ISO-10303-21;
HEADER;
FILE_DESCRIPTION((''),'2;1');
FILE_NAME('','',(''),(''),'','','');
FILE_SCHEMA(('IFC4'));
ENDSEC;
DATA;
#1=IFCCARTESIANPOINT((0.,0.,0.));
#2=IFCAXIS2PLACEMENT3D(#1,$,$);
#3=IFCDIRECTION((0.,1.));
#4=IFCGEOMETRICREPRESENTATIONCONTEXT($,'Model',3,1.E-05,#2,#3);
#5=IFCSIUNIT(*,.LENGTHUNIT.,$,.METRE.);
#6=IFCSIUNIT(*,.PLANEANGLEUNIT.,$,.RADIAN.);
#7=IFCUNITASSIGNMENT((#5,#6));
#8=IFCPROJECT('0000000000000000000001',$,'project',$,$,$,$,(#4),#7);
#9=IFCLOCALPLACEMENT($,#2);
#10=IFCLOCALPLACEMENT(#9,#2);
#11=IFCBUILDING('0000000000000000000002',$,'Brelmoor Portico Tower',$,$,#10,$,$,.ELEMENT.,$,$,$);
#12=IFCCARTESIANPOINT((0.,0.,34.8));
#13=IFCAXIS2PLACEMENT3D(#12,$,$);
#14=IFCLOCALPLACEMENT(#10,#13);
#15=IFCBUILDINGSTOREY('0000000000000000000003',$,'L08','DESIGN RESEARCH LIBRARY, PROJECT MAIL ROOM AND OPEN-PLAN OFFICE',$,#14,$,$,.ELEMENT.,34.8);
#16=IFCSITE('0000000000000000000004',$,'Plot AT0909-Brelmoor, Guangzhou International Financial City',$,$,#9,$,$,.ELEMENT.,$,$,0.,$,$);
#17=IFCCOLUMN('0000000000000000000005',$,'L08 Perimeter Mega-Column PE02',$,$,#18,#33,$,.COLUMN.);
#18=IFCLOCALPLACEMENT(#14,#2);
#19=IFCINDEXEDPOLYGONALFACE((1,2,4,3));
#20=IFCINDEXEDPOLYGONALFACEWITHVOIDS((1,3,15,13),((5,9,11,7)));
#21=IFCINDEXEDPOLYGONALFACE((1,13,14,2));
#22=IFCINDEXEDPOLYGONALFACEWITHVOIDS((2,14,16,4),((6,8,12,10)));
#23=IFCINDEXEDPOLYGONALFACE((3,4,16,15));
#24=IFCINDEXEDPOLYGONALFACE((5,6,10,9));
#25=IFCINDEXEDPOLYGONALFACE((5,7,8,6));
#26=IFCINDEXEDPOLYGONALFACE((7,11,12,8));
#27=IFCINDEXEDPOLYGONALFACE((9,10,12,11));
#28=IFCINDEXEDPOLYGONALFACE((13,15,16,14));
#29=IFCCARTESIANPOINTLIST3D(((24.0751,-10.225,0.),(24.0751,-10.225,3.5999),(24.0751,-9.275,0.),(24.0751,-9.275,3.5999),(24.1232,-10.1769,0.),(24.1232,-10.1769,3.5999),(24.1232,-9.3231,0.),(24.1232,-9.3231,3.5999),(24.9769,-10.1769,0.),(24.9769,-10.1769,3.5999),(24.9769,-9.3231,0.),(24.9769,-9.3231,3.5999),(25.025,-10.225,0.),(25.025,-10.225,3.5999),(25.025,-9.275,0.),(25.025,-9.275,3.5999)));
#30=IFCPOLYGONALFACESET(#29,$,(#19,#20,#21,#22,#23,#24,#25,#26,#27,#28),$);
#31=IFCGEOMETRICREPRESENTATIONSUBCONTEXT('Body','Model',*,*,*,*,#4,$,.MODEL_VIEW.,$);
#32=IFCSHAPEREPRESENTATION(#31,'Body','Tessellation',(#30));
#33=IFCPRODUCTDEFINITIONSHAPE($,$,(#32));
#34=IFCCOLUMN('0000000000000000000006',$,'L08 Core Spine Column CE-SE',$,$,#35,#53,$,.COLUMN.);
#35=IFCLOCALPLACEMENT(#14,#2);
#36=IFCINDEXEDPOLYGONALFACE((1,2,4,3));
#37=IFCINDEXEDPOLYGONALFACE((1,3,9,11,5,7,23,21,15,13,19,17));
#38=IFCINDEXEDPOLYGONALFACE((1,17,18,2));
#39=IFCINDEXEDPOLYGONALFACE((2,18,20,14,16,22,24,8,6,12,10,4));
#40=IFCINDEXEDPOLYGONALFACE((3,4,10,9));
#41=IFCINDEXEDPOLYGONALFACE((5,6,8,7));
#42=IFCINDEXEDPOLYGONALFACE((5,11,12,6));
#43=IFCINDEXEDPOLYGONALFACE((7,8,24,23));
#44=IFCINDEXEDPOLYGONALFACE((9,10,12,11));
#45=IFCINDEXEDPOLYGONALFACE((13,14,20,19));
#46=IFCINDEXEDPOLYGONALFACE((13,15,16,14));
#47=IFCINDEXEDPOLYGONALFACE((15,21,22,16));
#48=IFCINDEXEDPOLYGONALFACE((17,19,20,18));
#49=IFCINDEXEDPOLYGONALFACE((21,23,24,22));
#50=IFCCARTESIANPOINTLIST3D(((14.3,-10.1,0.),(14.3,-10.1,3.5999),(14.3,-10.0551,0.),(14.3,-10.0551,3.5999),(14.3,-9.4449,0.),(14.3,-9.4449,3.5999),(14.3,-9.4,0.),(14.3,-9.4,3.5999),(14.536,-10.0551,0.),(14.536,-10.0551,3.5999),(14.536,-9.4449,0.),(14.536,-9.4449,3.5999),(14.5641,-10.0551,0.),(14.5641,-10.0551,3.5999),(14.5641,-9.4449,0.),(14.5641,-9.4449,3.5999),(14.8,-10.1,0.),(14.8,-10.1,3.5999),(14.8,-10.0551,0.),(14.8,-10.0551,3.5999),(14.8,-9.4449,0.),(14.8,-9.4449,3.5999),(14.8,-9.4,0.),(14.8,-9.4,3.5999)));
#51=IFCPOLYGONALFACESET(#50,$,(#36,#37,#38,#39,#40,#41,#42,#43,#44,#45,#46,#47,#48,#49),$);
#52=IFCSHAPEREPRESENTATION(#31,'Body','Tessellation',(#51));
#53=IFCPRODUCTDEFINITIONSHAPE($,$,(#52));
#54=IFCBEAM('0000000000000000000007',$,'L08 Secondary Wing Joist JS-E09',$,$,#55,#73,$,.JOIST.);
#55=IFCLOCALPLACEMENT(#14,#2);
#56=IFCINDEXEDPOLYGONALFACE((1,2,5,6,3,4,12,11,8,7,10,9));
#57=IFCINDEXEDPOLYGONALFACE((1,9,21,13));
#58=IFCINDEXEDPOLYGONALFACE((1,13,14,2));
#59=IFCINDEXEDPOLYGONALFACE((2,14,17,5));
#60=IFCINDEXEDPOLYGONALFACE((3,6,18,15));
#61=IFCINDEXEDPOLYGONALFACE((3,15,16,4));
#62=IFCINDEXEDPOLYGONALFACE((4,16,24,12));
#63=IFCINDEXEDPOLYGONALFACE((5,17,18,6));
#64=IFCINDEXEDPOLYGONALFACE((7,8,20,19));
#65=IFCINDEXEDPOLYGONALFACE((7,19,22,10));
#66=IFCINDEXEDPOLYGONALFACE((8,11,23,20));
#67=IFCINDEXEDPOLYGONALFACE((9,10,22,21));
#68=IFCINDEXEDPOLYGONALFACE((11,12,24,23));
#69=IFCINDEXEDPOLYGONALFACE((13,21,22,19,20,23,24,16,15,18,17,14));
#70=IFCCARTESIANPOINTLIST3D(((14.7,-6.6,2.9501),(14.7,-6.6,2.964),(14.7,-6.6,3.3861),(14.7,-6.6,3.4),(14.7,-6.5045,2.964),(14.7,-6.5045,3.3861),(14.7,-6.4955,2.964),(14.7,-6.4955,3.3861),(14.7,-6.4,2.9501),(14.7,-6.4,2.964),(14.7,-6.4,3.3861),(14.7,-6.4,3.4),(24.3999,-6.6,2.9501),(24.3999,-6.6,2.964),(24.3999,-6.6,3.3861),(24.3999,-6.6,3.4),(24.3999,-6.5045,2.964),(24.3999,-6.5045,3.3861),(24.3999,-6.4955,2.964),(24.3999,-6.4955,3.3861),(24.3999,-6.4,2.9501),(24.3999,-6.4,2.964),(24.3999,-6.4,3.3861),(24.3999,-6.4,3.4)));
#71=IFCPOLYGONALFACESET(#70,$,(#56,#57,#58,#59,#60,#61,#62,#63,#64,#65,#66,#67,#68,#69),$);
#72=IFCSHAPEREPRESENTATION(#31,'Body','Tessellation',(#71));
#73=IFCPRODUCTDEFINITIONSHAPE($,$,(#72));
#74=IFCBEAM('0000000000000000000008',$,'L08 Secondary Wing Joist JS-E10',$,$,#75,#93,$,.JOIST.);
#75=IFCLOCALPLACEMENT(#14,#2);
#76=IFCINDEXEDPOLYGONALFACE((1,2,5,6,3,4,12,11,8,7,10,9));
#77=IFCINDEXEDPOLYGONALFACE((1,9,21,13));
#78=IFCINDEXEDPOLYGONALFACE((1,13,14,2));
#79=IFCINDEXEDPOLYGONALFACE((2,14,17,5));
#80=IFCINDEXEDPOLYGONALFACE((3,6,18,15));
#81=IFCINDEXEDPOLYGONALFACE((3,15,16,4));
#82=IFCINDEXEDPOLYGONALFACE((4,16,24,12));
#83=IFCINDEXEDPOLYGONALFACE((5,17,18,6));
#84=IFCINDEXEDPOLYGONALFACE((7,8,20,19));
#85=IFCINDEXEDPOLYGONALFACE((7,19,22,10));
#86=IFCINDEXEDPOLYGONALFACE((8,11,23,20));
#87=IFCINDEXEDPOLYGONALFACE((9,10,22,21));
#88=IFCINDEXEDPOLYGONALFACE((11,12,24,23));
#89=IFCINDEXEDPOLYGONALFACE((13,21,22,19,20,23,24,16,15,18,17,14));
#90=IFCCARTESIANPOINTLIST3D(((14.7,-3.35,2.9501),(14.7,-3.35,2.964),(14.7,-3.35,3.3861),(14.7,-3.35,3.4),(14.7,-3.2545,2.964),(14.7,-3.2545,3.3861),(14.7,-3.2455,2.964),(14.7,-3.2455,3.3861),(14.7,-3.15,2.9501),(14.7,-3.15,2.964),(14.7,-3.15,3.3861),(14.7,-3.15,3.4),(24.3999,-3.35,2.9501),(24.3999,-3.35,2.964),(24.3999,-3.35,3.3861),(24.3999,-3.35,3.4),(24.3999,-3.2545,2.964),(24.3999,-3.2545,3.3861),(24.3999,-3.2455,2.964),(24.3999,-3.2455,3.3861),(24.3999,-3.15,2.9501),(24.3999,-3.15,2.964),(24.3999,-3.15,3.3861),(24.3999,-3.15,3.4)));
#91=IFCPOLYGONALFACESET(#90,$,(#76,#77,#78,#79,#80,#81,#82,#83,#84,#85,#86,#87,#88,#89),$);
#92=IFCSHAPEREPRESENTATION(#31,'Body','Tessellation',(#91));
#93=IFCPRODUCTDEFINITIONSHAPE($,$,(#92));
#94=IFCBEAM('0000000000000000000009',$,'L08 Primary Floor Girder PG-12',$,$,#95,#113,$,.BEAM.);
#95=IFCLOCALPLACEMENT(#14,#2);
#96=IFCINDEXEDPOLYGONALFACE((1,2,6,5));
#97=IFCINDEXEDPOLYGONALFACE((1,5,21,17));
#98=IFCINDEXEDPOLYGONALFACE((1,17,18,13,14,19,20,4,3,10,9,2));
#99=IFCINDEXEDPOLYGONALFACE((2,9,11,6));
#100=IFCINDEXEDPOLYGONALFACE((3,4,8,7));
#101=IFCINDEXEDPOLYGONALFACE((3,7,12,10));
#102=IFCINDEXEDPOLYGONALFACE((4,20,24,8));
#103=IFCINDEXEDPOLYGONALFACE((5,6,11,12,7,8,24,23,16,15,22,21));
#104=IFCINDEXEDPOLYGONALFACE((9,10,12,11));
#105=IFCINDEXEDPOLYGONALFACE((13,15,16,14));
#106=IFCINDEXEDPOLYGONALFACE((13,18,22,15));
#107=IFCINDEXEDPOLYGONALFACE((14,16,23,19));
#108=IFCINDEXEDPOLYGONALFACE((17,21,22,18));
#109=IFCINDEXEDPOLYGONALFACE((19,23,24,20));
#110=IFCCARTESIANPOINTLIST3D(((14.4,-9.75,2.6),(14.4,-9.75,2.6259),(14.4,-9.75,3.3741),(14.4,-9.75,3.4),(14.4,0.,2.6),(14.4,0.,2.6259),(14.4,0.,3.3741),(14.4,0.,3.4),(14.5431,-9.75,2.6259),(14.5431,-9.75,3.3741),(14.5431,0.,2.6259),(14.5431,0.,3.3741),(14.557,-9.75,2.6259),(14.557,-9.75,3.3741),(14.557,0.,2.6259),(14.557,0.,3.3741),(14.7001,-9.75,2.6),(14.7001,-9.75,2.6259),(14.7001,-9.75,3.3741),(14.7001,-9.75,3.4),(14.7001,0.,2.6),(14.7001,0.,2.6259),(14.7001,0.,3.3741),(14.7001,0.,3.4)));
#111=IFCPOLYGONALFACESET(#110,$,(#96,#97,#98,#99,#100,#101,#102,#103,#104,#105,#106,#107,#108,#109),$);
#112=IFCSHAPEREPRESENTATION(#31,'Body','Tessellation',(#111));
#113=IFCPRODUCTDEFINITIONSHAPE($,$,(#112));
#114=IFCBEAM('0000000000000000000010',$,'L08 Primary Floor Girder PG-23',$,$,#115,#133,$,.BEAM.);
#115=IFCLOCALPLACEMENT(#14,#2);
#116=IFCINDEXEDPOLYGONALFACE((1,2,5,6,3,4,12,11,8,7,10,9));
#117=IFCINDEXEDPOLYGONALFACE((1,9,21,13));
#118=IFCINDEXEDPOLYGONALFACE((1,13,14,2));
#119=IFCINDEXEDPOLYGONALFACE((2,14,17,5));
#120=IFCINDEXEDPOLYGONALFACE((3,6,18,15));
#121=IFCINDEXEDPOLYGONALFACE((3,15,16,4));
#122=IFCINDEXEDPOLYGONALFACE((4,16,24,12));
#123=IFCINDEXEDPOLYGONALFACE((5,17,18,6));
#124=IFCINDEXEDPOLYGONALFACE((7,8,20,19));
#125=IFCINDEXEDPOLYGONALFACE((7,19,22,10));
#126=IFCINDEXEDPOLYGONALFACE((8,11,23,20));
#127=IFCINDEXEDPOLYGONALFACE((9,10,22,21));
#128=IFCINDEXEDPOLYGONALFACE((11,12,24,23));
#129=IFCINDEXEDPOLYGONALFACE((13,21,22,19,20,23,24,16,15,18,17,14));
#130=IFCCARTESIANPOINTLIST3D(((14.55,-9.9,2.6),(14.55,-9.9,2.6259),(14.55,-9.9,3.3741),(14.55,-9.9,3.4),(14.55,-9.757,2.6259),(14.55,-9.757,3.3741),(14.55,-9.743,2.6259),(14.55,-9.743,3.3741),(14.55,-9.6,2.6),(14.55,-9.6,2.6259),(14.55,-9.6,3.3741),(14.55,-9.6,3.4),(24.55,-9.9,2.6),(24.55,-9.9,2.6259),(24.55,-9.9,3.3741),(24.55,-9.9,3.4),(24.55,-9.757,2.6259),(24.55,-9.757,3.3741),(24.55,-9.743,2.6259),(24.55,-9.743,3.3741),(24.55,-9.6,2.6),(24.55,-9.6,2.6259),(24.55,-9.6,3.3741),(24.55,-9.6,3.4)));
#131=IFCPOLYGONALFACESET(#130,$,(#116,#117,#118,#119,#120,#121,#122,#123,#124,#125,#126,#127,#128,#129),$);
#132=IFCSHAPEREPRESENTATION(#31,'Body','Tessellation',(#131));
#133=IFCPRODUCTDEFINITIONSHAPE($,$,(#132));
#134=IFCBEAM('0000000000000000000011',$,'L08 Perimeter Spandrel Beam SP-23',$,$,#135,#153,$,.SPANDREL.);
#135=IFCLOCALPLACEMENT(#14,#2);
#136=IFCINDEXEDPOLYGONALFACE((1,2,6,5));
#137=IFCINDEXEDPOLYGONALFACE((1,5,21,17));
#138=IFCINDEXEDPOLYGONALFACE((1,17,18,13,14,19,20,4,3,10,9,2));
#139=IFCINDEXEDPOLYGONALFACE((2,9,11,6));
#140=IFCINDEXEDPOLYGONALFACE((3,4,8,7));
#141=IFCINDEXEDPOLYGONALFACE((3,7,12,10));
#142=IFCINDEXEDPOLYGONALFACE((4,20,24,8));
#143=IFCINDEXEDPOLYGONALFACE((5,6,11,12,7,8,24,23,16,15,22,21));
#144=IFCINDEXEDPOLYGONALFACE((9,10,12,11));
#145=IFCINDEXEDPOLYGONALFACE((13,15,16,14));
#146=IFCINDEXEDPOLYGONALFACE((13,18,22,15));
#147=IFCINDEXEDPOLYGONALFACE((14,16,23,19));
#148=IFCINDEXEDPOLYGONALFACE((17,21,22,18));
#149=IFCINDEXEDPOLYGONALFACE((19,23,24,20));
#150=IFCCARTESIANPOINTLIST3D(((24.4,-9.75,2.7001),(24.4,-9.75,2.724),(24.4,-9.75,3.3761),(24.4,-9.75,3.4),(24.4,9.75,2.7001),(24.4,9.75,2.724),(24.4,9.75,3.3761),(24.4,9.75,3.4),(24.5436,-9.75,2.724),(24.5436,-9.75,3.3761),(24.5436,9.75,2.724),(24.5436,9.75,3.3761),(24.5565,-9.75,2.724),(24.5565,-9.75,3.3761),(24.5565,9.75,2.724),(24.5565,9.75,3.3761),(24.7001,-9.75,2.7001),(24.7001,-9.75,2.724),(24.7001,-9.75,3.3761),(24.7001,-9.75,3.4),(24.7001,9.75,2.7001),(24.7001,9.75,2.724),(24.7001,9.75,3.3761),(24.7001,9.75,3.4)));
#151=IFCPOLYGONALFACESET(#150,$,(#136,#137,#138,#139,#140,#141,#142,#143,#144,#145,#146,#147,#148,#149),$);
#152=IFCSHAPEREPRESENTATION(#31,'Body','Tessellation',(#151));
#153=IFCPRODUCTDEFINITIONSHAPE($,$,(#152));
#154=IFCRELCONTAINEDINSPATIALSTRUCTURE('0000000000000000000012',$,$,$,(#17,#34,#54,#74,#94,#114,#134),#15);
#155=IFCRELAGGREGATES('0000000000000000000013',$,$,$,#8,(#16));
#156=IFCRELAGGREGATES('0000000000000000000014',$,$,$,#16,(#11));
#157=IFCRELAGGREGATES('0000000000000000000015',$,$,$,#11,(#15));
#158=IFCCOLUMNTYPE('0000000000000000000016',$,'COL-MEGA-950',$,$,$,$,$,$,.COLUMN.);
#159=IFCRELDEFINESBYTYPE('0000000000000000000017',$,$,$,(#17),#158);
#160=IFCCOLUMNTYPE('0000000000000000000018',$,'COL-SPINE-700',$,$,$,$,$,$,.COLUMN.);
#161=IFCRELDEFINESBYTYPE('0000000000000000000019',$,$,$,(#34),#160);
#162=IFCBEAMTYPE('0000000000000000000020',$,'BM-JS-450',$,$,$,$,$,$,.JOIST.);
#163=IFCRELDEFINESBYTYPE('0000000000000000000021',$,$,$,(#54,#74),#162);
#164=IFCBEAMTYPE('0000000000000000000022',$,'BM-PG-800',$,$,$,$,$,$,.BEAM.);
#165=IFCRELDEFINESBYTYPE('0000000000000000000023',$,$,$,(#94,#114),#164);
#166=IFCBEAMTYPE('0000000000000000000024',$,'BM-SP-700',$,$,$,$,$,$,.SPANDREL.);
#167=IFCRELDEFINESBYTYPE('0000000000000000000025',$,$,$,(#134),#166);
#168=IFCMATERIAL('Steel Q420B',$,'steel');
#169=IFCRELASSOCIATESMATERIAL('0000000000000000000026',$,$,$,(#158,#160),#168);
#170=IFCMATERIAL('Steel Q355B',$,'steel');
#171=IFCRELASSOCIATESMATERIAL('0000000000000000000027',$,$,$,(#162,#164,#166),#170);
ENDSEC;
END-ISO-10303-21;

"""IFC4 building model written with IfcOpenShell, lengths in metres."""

from ifc_helpers import new_model, si_unit, direction, frame, origin, origin_2d, place, context, subcontext, project, spatial, hollow_rectangle, i_section, extrude, material, material_profile, profile_set, type_object, element, save


model = new_model("IFC4")

# Units and contexts
model_context = context("Model", 3, precision=1e-05, world=origin(), true_north=direction((0.0, 1.0)))
body_context = subcontext(model_context, "Body", "Model", "MODEL_VIEW")
ifc_project = project(units=[si_unit("LENGTHUNIT", "METRE"), si_unit("PLANEANGLEUNIT", "RADIAN")], contexts=[model_context])

# Site, building, storey
site_placement = place(None, origin())
site = spatial("IfcSite", under=ifc_project, at=site_placement, Name="Plot AT0909-Brelmoor, Guangzhou International Financial City", CompositionType="ELEMENT", RefElevation=0.0)
building_placement = place(site_placement, origin())
building = spatial("IfcBuilding", under=site, at=building_placement, Name="Brelmoor Portico Tower", CompositionType="ELEMENT")
storey_placement = place(building_placement, frame((0.0, 0.0, 34.8)))
storey = spatial("IfcBuildingStorey", under=building, at=storey_placement, Name="L08", Description="DESIGN RESEARCH LIBRARY, PROJECT MAIL ROOM AND OPEN-PLAN OFFICE", CompositionType="ELEMENT", Elevation=34.8)

# Columns
ifc_material_1 = material(Name="Steel Q420B", Category="steel")
ifc_material_profile_1 = material_profile(ifc_material_1, hollow_rectangle(XDim=0.95, YDim=0.95, WallThickness=0.0481, at=origin_2d()), Name="BOX 950x950x48")
ifc_profile_set_1 = profile_set([ifc_material_profile_1], Name="Steel Q420B")
column_type_1 = type_object("IfcColumnType", Name="COL-MEGA-950", PredefinedType="COLUMN", material=ifc_profile_set_1)
column_1_placement = place(storey_placement, frame((24.55, -9.75, 0.0), z_axis=(0.0, 0.0, 1.0), x_axis=(0.0, 1.0, 0.0)))
element("IfcColumn", 1, at=column_1_placement, inside=storey, type_object=column_type_1, Name="L08 Perimeter Mega-Column PE02", PredefinedType="COLUMN", context=body_context, shape_type="SweptSolid", body=[
    extrude(hollow_rectangle(XDim=0.95, YDim=0.95, WallThickness=0.0481, at=origin_2d()), origin(), (0.0, 0.0, 1.0), 3.5999),
])
ifc_material_profile_2 = material_profile(ifc_material_1, i_section(OverallWidth=0.5, OverallDepth=0.7, WebThickness=0.0281, FlangeThickness=0.0449, at=origin_2d()), Name="HW 700x500x28x45")
ifc_profile_set_2 = profile_set([ifc_material_profile_2], Name="Steel Q420B")
column_type_2 = type_object("IfcColumnType", Name="COL-SPINE-700", PredefinedType="COLUMN", material=ifc_profile_set_2)
column_2_placement = place(storey_placement, frame((14.55, -9.75, 0.0), z_axis=(0.0, 0.0, 1.0), x_axis=(1.0, 0.0, 0.0)))
element("IfcColumn", 2, at=column_2_placement, inside=storey, type_object=column_type_2, Name="L08 Core Spine Column CE-SE", PredefinedType="COLUMN", context=body_context, shape_type="SweptSolid", body=[
    extrude(i_section(OverallWidth=0.5, OverallDepth=0.7, WebThickness=0.0281, FlangeThickness=0.0449, at=origin_2d()), origin(), (0.0, 0.0, 1.0), 3.5999),
])

# Beams
ifc_material_2 = material(Name="Steel Q355B", Category="steel")
ifc_material_profile_3 = material_profile(ifc_material_2, i_section(OverallWidth=0.2, OverallDepth=0.45, WebThickness=0.009, FlangeThickness=0.0139, at=origin_2d()), Name="HN 450x200x9x14")
ifc_profile_set_3 = profile_set([ifc_material_profile_3], Name="Steel Q355B")
beam_type_1 = type_object("IfcBeamType", Name="BM-JS-450", PredefinedType="JOIST", material=ifc_profile_set_3)
for number, where, z_axis, x_axis, name in (
    (3, (14.7, -6.5, 3.175), (1.0, 0.0, 0.0), (0.0, 1.0, 0.0), "L08 Secondary Wing Joist JS-E09"),
    (4, (14.7, -3.25, 3.175), (1.0, 0.0, 0.0), (0.0, 1.0, 0.0), "L08 Secondary Wing Joist JS-E10"),
):
    element("IfcBeam", number, at=place(storey_placement, frame(where, z_axis=z_axis, x_axis=x_axis)), inside=storey, type_object=beam_type_1, Name=name, PredefinedType="JOIST", context=body_context, shape_type="SweptSolid", body=[
        extrude(i_section(OverallWidth=0.2, OverallDepth=0.45, WebThickness=0.009, FlangeThickness=0.0139, at=origin_2d()), origin(), (0.0, 0.0, 1.0), 9.7),
    ])
ifc_material_profile_4 = material_profile(ifc_material_2, i_section(OverallWidth=0.3, OverallDepth=0.8, WebThickness=0.0139, FlangeThickness=0.0259, at=origin_2d()), Name="HN 800x300x14x26")
ifc_profile_set_4 = profile_set([ifc_material_profile_4], Name="Steel Q355B")
beam_type_2 = type_object("IfcBeamType", Name="BM-PG-800", PredefinedType="BEAM", material=ifc_profile_set_4)
beam_1_placement = place(storey_placement, frame((14.55, -9.75, 3.0), z_axis=(0.0, 1.0, 0.0), x_axis=(-1.0, 0.0, 0.0)))
element("IfcBeam", 5, at=beam_1_placement, inside=storey, type_object=beam_type_2, Name="L08 Primary Floor Girder PG-12", PredefinedType="BEAM", context=body_context, shape_type="SweptSolid", body=[
    extrude(i_section(OverallWidth=0.3, OverallDepth=0.8, WebThickness=0.0139, FlangeThickness=0.0259, at=origin_2d()), origin(), (0.0, 0.0, 1.0), 9.75),
])
beam_2_placement = place(storey_placement, frame((14.55, -9.75, 3.0), z_axis=(1.0, 0.0, 0.0), x_axis=(0.0, 1.0, 0.0)))
element("IfcBeam", 6, at=beam_2_placement, inside=storey, type_object=beam_type_2, Name="L08 Primary Floor Girder PG-23", PredefinedType="BEAM", context=body_context, shape_type="SweptSolid", body=[
    extrude(i_section(OverallWidth=0.3, OverallDepth=0.8, WebThickness=0.0139, FlangeThickness=0.0259, at=origin_2d()), origin(), (0.0, 0.0, 1.0), 10.0),
])
ifc_material_profile_5 = material_profile(ifc_material_2, i_section(OverallWidth=0.3, OverallDepth=0.7, WebThickness=0.0129, FlangeThickness=0.0239, at=origin_2d()), Name="HN 700x300x13x24")
ifc_profile_set_5 = profile_set([ifc_material_profile_5], Name="Steel Q355B")
beam_type_3 = type_object("IfcBeamType", Name="BM-SP-700", PredefinedType="SPANDREL", material=ifc_profile_set_5)
beam_3_placement = place(storey_placement, frame((24.55, -9.75, 3.05), z_axis=(0.0, 1.0, 0.0), x_axis=(-1.0, 0.0, 0.0)))
element("IfcBeam", 7, at=beam_3_placement, inside=storey, type_object=beam_type_3, Name="L08 Perimeter Spandrel Beam SP-23", PredefinedType="SPANDREL", context=body_context, shape_type="SweptSolid", body=[
    extrude(i_section(OverallWidth=0.3, OverallDepth=0.7, WebThickness=0.0129, FlangeThickness=0.0239, at=origin_2d()), origin(), (0.0, 0.0, 1.0), 19.5),
])

save(model, "model.ifc")
